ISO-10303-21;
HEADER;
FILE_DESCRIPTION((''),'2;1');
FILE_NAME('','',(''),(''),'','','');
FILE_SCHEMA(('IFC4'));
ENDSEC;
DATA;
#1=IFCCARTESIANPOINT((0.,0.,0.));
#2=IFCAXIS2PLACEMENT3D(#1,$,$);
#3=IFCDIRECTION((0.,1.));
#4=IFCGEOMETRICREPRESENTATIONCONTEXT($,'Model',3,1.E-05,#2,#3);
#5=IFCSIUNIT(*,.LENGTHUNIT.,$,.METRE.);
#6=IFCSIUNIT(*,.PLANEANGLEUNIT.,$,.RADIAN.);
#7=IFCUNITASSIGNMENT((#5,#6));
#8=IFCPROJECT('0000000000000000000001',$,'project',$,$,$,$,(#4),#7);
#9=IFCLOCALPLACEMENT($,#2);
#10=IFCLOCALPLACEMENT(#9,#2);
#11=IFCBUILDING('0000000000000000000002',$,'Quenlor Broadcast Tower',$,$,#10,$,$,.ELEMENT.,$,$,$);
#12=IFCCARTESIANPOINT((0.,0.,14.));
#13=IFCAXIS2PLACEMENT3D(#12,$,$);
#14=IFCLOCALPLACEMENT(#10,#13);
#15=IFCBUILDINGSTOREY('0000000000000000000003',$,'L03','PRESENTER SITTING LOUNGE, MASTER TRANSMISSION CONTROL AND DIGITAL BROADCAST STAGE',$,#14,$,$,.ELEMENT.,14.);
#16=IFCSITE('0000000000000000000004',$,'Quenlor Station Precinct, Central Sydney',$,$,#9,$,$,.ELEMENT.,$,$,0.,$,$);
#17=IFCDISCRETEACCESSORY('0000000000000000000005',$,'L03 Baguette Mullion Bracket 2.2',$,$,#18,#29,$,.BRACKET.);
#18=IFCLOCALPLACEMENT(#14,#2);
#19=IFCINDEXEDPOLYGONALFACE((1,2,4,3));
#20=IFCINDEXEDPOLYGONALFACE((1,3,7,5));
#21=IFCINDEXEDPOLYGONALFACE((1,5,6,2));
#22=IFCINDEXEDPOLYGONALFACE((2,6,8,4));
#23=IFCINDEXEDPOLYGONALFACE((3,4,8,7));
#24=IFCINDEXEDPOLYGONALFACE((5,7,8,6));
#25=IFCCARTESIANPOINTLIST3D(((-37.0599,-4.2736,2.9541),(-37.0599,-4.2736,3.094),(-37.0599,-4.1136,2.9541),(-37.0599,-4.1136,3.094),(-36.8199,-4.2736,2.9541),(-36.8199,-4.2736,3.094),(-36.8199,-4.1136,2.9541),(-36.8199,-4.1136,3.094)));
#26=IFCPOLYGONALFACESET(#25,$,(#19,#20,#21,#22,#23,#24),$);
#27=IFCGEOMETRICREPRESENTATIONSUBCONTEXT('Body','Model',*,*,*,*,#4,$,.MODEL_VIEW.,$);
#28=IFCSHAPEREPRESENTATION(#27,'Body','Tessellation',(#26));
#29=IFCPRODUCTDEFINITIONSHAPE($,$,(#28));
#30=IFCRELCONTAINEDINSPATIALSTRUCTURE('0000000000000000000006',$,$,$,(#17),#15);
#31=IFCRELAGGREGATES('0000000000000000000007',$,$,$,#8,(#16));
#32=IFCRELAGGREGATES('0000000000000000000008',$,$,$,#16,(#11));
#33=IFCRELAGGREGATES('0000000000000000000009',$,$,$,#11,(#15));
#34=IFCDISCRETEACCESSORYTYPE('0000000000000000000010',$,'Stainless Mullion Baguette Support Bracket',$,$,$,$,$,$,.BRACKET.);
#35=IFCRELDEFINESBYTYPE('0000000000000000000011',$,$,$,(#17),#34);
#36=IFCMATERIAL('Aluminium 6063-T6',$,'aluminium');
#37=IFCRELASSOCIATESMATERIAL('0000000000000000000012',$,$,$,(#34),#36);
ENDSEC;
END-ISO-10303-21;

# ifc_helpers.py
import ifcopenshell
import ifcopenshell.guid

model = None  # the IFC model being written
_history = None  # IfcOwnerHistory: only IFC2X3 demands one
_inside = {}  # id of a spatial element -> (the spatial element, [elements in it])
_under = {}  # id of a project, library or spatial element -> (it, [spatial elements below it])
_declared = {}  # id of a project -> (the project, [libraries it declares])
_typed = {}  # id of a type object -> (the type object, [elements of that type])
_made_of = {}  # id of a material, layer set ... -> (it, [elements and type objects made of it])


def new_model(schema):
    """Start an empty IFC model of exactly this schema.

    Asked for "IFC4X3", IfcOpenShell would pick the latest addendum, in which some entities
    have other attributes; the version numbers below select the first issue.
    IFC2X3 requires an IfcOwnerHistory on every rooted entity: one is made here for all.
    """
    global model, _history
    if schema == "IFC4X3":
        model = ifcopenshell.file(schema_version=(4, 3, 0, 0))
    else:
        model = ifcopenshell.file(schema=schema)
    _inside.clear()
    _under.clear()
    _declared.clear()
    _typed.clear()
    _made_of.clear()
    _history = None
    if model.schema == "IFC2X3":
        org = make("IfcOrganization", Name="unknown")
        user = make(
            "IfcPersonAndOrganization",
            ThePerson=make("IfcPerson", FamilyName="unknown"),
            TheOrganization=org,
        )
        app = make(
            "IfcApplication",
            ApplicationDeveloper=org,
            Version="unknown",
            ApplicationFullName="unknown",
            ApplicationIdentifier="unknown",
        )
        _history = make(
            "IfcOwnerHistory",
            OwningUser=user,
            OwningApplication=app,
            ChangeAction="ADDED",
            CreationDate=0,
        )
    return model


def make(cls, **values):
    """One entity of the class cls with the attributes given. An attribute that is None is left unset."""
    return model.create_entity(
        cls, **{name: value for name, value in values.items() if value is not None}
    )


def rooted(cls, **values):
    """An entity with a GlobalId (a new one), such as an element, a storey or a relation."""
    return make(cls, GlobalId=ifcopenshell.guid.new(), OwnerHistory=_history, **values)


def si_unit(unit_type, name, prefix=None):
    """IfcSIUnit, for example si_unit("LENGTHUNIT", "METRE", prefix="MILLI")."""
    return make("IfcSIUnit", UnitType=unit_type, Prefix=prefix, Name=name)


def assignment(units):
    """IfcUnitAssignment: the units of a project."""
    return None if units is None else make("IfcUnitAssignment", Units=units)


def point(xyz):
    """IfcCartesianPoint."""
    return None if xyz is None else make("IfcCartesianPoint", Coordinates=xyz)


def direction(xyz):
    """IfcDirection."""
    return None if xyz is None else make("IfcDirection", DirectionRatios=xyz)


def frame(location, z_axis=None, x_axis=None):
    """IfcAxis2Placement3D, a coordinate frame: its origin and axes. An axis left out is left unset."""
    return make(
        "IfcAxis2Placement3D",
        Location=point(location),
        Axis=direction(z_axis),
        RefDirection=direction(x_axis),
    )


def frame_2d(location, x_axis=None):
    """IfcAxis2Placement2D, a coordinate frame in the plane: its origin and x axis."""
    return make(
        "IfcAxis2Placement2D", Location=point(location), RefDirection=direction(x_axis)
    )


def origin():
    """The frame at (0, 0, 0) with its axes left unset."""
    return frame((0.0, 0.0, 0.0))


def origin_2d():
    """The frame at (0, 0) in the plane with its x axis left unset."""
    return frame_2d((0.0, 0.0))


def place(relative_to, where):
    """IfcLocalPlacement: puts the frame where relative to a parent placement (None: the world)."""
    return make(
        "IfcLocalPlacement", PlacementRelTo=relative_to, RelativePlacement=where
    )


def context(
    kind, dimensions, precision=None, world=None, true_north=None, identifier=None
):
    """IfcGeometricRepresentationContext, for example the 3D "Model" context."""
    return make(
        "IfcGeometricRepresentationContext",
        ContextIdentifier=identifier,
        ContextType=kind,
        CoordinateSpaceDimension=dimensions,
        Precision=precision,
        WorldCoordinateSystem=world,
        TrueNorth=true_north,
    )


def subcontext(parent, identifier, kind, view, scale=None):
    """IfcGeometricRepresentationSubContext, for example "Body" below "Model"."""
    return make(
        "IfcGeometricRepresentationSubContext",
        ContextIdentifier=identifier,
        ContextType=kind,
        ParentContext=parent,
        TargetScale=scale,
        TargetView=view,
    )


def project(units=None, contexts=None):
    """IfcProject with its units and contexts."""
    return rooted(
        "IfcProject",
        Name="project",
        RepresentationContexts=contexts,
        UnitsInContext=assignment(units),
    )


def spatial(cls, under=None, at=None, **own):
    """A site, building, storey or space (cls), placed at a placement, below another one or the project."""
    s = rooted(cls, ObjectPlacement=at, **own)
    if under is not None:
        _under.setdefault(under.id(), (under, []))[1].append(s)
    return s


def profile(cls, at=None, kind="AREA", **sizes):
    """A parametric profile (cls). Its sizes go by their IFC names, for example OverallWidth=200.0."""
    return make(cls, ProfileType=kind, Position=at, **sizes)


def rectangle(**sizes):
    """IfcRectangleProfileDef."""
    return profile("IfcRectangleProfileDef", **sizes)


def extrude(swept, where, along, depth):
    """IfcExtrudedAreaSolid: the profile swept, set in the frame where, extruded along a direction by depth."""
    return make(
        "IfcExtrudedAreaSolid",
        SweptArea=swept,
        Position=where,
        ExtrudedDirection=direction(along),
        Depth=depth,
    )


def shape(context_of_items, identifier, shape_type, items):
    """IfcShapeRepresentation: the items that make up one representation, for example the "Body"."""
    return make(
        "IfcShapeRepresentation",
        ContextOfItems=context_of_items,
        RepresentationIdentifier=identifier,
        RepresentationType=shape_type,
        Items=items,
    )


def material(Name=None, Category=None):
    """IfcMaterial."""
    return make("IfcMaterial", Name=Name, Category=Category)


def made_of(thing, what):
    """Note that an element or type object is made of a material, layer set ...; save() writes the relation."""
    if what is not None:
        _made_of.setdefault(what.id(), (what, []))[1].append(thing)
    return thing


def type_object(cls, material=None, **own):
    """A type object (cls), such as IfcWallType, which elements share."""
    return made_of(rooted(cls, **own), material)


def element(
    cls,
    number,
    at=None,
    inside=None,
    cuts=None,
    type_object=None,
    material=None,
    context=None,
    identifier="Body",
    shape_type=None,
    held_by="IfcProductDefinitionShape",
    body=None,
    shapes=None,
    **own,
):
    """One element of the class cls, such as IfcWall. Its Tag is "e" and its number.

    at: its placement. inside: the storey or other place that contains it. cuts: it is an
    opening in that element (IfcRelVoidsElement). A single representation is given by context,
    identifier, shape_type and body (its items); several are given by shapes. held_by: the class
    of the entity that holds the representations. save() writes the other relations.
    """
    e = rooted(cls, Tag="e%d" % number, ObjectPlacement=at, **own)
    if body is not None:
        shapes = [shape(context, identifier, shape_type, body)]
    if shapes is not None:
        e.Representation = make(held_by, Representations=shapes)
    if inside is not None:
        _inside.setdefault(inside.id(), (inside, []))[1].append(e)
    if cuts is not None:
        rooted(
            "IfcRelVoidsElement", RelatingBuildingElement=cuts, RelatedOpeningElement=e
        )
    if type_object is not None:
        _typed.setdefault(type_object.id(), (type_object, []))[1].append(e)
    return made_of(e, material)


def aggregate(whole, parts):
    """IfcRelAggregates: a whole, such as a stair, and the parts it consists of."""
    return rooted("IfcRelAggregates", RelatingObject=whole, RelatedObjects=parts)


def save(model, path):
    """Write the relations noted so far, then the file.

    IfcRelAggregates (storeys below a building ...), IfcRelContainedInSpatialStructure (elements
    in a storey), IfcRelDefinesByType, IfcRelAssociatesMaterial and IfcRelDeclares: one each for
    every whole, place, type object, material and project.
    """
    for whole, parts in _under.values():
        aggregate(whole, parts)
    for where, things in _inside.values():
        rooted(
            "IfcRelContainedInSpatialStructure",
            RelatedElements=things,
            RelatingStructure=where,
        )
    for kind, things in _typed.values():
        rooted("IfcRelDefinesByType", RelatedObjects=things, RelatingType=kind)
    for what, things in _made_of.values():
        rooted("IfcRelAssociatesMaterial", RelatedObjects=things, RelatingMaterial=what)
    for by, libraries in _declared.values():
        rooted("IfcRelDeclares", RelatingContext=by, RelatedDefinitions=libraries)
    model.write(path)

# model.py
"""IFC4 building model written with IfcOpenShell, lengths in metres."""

from ifc_helpers import new_model, si_unit, direction, frame, origin, origin_2d, place, context, subcontext, project, spatial, rectangle, extrude, material, type_object, element, save


model = new_model("IFC4")

# Units and contexts
model_context = context("Model", 3, precision=1e-05, world=origin(), true_north=direction((0.0, 1.0)))
body_context = subcontext(model_context, "Body", "Model", "MODEL_VIEW")
ifc_project = project(units=[si_unit("LENGTHUNIT", "METRE"), si_unit("PLANEANGLEUNIT", "RADIAN")], contexts=[model_context])

# Site, building, storey
site_placement = place(None, origin())
site = spatial("IfcSite", under=ifc_project, at=site_placement, Name="Quenlor Station Precinct, Central Sydney", CompositionType="ELEMENT", RefElevation=0.0)
building_placement = place(site_placement, origin())
building = spatial("IfcBuilding", under=site, at=building_placement, Name="Quenlor Broadcast Tower", CompositionType="ELEMENT")
storey_placement = place(building_placement, frame((0.0, 0.0, 14.0)))
storey = spatial("IfcBuildingStorey", under=building, at=storey_placement, Name="L03", Description="PRESENTER SITTING LOUNGE, MASTER TRANSMISSION CONTROL AND DIGITAL BROADCAST STAGE", CompositionType="ELEMENT", Elevation=14.0)

# Discrete accessory
ifc_material_1 = material(Name="Aluminium 6063-T6", Category="aluminium")
discrete_accessory_type = type_object("IfcDiscreteAccessoryType", Name="Stainless Mullion Baguette Support Bracket", PredefinedType="BRACKET", material=ifc_material_1)
for number, where, z_axis, x_axis, name in (
    (1, (-36.9399, -4.1936, 2.9541), (0.0, 0.0, 1.0), (0.0, 1.0, 0.0), "L03 Baguette Mullion Bracket 2.2"),
):
    element("IfcDiscreteAccessory", number, at=place(storey_placement, frame(where, z_axis=z_axis, x_axis=x_axis)), inside=storey, type_object=discrete_accessory_type, Name=name, PredefinedType="BRACKET", context=body_context, shape_type="SweptSolid", body=[
        extrude(rectangle(XDim=0.1599, YDim=0.24, at=origin_2d()), origin(), (0.0, 0.0, 1.0), 0.1399),
    ])

save(model, "model.ifc")
